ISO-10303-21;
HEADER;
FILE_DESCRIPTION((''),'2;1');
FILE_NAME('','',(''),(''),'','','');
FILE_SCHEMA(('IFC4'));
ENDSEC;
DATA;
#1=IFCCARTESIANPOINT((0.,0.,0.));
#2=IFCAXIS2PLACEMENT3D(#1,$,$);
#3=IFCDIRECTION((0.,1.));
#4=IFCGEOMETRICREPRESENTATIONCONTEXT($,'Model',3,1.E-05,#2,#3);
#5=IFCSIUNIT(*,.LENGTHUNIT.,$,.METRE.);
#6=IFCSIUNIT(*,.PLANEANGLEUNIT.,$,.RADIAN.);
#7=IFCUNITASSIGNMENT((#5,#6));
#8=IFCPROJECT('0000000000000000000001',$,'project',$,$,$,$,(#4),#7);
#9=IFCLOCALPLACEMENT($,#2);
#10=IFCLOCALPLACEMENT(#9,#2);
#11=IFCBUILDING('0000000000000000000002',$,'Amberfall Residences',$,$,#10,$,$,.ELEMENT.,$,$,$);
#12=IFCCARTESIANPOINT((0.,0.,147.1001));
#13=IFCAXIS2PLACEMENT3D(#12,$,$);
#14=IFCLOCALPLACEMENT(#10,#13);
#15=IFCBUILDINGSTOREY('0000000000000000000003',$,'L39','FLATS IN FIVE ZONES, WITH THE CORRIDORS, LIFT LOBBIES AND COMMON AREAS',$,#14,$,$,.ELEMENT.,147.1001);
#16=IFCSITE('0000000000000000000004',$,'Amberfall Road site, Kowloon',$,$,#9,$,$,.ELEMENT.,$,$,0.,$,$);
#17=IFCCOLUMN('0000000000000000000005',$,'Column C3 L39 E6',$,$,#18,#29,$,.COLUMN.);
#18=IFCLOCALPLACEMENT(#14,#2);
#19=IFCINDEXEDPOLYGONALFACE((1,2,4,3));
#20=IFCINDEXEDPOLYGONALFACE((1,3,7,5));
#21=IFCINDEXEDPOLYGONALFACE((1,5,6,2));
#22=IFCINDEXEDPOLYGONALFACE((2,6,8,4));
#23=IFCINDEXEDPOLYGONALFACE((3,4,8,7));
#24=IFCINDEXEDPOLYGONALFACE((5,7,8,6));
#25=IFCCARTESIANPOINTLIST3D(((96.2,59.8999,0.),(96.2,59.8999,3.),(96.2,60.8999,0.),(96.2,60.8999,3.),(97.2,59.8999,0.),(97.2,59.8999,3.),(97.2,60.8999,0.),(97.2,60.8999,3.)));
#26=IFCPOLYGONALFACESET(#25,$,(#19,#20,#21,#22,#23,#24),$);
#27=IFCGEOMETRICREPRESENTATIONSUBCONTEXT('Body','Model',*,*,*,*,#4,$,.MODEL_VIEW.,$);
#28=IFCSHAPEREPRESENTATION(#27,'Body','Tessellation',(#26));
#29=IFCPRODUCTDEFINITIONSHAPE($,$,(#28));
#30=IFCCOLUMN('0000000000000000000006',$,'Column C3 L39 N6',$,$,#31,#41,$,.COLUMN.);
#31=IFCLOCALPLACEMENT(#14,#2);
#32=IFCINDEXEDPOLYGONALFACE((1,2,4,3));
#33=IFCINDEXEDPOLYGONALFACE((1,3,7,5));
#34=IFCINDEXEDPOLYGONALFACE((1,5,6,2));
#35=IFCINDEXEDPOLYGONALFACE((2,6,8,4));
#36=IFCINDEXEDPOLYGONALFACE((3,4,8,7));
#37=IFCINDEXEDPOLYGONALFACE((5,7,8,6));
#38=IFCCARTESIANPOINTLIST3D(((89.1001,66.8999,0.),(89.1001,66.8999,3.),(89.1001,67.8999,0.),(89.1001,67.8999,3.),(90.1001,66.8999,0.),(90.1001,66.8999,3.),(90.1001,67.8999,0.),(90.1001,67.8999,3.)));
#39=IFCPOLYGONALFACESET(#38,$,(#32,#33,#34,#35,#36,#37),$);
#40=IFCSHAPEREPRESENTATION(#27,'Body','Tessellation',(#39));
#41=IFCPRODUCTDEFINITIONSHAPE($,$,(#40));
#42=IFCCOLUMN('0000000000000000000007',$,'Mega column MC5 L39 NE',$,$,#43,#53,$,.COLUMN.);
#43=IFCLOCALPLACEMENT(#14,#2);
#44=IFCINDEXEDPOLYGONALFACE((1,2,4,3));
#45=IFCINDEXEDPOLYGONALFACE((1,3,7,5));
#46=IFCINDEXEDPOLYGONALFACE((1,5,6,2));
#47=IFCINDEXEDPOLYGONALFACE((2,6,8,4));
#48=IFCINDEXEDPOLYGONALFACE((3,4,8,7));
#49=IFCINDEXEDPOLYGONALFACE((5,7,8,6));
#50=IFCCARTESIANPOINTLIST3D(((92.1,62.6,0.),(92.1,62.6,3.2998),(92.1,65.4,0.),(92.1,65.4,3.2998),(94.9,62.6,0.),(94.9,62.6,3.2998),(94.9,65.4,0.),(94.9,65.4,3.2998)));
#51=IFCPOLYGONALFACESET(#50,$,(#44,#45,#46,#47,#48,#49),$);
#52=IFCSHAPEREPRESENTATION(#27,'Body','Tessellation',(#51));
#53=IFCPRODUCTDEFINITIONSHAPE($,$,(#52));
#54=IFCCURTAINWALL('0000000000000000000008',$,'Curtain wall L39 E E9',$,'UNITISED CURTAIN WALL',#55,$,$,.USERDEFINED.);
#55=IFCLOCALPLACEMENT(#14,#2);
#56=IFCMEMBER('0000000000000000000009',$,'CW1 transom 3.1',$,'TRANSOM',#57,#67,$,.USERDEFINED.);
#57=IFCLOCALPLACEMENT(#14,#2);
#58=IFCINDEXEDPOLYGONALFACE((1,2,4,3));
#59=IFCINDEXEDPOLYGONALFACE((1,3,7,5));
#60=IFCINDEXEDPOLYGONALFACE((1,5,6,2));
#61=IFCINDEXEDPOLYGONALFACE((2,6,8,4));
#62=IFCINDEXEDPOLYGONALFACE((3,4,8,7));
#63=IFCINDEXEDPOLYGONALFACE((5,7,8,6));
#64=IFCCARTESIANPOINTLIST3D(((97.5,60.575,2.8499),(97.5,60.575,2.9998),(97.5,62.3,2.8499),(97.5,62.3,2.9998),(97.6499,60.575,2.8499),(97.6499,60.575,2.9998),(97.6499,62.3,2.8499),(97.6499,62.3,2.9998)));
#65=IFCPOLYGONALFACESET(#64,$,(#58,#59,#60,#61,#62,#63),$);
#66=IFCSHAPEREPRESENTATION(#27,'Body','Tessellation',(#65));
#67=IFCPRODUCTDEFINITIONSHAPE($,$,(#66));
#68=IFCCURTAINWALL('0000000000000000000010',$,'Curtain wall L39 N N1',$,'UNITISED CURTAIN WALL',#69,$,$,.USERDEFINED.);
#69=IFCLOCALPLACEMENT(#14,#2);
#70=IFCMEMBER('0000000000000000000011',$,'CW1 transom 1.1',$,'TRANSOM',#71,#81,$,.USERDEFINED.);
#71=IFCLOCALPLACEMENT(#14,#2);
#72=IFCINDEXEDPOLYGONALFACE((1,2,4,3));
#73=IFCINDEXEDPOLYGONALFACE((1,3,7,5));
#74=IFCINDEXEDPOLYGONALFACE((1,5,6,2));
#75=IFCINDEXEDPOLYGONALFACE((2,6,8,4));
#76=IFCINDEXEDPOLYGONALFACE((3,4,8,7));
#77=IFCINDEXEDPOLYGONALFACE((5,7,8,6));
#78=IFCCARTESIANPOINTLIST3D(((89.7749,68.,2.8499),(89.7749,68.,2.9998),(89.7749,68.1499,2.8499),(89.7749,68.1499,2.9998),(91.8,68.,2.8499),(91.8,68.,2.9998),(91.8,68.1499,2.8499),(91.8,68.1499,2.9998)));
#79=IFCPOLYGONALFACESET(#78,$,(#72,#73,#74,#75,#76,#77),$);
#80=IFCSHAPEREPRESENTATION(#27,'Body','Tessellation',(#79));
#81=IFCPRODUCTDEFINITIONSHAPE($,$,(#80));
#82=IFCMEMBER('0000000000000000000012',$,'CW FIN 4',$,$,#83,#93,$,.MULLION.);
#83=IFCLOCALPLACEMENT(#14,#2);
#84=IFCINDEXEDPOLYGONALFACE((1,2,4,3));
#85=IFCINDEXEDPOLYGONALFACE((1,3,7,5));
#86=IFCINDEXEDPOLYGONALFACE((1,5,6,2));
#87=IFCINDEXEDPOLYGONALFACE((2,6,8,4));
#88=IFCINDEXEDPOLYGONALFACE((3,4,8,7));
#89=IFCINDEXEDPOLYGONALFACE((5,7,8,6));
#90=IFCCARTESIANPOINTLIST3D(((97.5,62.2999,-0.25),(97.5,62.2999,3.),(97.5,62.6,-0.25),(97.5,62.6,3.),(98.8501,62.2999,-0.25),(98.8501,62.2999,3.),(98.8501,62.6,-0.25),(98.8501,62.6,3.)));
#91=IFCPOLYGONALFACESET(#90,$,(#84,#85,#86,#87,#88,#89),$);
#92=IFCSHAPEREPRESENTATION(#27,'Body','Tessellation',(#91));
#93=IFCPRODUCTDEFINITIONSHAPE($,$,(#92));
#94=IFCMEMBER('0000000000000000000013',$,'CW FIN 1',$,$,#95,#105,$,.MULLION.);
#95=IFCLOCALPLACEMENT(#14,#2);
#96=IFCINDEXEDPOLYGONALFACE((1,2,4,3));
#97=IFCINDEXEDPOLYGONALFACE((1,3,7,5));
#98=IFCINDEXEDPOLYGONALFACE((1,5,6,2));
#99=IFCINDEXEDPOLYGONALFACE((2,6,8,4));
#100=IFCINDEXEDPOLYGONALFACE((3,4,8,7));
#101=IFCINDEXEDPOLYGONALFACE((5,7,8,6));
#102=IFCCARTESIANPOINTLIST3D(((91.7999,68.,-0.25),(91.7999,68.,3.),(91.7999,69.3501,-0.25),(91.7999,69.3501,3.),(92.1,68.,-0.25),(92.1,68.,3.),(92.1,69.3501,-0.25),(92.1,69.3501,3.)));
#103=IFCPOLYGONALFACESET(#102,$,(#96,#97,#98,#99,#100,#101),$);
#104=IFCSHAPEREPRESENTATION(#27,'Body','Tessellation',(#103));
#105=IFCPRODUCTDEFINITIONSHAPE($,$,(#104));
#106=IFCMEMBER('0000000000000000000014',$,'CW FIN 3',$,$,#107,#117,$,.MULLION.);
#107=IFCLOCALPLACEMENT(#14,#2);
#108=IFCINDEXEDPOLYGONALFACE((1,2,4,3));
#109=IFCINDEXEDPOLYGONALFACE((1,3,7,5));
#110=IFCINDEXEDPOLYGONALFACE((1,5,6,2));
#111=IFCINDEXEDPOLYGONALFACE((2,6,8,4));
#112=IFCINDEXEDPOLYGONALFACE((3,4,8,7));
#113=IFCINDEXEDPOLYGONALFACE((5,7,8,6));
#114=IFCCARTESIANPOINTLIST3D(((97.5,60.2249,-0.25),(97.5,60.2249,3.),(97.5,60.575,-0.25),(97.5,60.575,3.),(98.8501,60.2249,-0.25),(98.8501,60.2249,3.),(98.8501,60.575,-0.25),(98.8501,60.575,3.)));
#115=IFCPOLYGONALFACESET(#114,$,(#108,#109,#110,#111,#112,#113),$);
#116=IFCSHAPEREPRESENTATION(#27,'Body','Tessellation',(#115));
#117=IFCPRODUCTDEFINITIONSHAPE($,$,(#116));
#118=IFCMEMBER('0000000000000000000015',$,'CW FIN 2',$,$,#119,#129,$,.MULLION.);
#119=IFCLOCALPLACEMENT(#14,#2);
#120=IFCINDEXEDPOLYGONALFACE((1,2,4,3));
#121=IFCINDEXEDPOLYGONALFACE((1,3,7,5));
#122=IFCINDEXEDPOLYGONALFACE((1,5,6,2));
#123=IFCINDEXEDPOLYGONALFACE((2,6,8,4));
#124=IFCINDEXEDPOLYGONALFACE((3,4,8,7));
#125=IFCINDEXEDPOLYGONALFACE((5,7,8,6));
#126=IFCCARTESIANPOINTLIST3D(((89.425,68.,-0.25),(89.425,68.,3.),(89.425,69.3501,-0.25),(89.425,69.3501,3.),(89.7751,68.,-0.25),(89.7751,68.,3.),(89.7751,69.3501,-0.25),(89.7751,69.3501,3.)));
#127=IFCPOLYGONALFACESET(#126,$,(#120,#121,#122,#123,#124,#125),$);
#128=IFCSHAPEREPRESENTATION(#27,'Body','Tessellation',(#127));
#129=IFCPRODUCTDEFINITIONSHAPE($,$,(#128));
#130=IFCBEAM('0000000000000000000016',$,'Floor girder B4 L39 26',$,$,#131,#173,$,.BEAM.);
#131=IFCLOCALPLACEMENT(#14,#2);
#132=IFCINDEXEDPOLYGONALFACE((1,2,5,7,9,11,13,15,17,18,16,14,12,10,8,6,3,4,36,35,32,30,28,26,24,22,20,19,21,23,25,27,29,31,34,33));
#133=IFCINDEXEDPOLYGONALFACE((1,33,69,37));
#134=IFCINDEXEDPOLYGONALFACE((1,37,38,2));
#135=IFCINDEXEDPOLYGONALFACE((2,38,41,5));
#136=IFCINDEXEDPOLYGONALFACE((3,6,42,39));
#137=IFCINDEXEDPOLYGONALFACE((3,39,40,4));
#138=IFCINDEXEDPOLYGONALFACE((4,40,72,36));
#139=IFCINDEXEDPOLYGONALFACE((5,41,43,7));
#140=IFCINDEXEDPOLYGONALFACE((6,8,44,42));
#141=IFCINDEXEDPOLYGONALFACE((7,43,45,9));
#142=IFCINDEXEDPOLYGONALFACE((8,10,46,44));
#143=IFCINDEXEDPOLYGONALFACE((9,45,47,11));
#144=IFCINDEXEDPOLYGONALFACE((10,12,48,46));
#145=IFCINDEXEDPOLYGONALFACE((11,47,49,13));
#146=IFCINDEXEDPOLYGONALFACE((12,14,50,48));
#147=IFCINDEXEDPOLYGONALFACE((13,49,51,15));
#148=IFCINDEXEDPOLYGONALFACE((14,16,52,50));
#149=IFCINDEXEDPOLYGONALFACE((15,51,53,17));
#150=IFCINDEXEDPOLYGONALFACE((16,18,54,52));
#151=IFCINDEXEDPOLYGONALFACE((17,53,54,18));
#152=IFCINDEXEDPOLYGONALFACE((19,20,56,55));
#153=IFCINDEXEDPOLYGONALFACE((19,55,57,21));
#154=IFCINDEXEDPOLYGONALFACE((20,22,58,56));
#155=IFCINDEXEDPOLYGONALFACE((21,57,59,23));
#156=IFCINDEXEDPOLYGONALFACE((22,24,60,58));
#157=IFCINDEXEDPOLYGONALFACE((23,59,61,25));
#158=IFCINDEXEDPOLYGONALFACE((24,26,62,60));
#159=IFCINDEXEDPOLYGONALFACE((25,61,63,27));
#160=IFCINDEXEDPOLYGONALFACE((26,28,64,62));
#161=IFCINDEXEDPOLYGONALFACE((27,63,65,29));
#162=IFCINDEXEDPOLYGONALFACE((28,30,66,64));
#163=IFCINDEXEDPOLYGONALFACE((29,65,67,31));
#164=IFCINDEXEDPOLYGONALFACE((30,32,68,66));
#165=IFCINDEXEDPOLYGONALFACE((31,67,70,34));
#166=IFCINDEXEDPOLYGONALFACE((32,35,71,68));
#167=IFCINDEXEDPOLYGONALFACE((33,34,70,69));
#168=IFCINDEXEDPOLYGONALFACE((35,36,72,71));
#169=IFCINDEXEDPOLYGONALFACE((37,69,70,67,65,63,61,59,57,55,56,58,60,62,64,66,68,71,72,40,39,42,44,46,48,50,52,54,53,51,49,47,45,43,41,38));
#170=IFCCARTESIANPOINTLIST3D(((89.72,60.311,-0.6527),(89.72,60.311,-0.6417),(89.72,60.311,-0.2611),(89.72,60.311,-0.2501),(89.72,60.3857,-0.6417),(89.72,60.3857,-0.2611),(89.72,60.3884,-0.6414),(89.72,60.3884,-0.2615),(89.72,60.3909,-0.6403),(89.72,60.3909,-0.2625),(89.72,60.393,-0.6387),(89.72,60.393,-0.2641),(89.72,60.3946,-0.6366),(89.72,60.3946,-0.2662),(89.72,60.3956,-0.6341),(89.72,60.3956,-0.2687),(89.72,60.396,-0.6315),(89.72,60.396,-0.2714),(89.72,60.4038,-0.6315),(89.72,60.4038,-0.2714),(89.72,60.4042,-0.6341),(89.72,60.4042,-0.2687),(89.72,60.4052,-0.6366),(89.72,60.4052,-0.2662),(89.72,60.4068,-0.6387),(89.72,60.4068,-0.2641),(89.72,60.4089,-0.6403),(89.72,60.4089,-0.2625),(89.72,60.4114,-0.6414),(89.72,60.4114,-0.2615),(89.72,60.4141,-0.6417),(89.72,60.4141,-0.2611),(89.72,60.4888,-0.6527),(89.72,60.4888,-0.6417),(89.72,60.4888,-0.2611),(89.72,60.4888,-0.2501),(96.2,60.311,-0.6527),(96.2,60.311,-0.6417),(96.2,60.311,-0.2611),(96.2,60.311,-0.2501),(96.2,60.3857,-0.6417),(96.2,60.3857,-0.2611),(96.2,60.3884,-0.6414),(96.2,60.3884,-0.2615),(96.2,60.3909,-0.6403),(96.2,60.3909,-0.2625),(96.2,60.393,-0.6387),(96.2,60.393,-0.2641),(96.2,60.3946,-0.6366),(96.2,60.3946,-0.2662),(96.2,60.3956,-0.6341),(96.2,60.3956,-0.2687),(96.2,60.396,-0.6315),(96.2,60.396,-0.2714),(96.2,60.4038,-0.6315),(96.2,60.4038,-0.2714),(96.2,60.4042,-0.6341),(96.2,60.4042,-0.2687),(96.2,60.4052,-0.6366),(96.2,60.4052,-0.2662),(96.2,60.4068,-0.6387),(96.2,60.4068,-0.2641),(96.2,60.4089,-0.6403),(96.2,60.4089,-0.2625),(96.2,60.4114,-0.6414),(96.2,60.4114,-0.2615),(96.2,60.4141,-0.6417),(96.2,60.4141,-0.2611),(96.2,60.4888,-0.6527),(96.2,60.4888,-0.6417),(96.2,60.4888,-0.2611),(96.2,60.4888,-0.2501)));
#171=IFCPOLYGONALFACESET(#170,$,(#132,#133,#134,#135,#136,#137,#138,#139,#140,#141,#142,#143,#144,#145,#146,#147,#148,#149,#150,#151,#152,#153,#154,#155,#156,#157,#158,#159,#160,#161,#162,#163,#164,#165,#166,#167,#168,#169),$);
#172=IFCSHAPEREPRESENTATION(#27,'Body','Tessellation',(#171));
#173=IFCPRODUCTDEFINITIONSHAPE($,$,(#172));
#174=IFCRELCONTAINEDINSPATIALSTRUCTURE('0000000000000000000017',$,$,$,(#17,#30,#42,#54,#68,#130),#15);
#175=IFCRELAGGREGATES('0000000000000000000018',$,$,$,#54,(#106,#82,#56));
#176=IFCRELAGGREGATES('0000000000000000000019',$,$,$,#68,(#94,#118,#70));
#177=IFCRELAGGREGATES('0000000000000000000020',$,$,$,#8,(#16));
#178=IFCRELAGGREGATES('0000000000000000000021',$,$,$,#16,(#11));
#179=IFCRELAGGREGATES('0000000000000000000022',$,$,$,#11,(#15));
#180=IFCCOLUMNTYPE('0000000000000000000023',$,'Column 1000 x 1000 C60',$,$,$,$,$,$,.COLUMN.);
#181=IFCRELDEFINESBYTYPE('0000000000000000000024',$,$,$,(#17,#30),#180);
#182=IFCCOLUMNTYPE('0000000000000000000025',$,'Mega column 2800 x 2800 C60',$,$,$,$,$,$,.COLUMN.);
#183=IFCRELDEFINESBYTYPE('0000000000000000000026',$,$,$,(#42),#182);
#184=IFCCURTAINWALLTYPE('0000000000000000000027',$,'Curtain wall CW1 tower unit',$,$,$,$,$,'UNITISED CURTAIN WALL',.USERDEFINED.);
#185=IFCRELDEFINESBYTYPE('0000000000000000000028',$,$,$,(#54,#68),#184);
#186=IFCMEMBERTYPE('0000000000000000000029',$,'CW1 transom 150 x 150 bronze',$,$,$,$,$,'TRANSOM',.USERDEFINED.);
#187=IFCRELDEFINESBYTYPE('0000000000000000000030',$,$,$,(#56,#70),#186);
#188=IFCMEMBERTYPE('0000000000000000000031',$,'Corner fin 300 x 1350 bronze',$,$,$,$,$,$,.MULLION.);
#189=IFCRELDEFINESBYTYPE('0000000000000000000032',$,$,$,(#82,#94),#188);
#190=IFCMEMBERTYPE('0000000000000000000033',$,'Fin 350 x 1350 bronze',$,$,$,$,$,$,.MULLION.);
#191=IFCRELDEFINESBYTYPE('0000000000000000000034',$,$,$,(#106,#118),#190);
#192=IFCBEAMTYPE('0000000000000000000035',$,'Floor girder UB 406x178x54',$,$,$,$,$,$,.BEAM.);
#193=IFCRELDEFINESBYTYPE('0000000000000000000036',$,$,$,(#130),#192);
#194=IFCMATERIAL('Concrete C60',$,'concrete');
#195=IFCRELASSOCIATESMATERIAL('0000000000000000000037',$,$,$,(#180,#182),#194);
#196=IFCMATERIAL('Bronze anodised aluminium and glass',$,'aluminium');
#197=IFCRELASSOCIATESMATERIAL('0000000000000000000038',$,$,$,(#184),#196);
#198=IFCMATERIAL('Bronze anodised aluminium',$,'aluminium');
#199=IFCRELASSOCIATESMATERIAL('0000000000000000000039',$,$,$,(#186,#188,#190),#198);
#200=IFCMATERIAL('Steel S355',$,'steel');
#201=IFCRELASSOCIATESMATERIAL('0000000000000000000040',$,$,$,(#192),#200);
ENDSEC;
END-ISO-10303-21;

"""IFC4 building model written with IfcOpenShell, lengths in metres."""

from ifc_helpers import new_model, si_unit, direction, frame, origin, origin_2d, place, context, subcontext, project, spatial, rectangle, i_section, extrude, material, material_profile, profile_set, type_object, element, aggregate, save


model = new_model("IFC4")

# Units and contexts
model_context = context("Model", 3, precision=1e-05, world=origin(), true_north=direction((0.0, 1.0)))
body_context = subcontext(model_context, "Body", "Model", "MODEL_VIEW")
ifc_project = project(units=[si_unit("LENGTHUNIT", "METRE"), si_unit("PLANEANGLEUNIT", "RADIAN")], contexts=[model_context])

# Site, building, storey
site_placement = place(None, origin())
site = spatial("IfcSite", under=ifc_project, at=site_placement, Name="Amberfall Road site, Kowloon", CompositionType="ELEMENT", RefElevation=0.0)
building_placement = place(site_placement, origin())
building = spatial("IfcBuilding", under=site, at=building_placement, Name="Amberfall Residences", CompositionType="ELEMENT")
storey_placement = place(building_placement, frame((0.0, 0.0, 147.1001)))
storey = spatial("IfcBuildingStorey", under=building, at=storey_placement, Name="L39", Description="FLATS IN FIVE ZONES, WITH THE CORRIDORS, LIFT LOBBIES AND COMMON AREAS", CompositionType="ELEMENT", Elevation=147.1001)

# Columns
ifc_material_1 = material(Name="Concrete C60", Category="concrete")
ifc_material_profile_1 = material_profile(ifc_material_1, rectangle(XDim=1.0, YDim=1.0, at=origin_2d()), Name="Column 1000 x 1000 C60")
ifc_profile_set_1 = profile_set([ifc_material_profile_1], Name="Concrete C60")
column_type_1 = type_object("IfcColumnType", Name="Column 1000 x 1000 C60", PredefinedType="COLUMN", material=ifc_profile_set_1)
for number, where, z_axis, x_axis, name in (
    (1, (96.7, 60.3999, 0.0), (0.0, 0.0, 1.0), (1.0, 0.0, 0.0), "Column C3 L39 E6"),
    (2, (89.6001, 67.3999, 0.0), (0.0, 0.0, 1.0), (1.0, 0.0, 0.0), "Column C3 L39 N6"),
):
    element("IfcColumn", number, at=place(storey_placement, frame(where, z_axis=z_axis, x_axis=x_axis)), inside=storey, type_object=column_type_1, Name=name, PredefinedType="COLUMN", context=body_context, shape_type="SweptSolid", body=[
        extrude(rectangle(XDim=1.0, YDim=1.0, at=origin_2d()), origin(), (0.0, 0.0, 1.0), 3.0),
    ])
ifc_material_profile_2 = material_profile(ifc_material_1, rectangle(XDim=2.8, YDim=2.8, at=origin_2d()), Name="Mega column 2800 x 2800 C60")
ifc_profile_set_2 = profile_set([ifc_material_profile_2], Name="Concrete C60")
column_type_2 = type_object("IfcColumnType", Name="Mega column 2800 x 2800 C60", PredefinedType="COLUMN", material=ifc_profile_set_2)
column_placement = place(storey_placement, frame((93.5, 64.0, 0.0), z_axis=(0.0, 0.0, 1.0), x_axis=(1.0, 0.0, 0.0)))
element("IfcColumn", 3, at=column_placement, inside=storey, type_object=column_type_2, Name="Mega column MC5 L39 NE", PredefinedType="COLUMN", context=body_context, shape_type="SweptSolid", body=[
    extrude(rectangle(XDim=2.8, YDim=2.8, at=origin_2d()), origin(), (0.0, 0.0, 1.0), 3.2998),
])

# Curtain walls, members
ifc_material_2 = material(Name="Bronze anodised aluminium and glass", Category="aluminium")
curtain_wall_type = type_object("IfcCurtainWallType", Name="Curtain wall CW1 tower unit", ElementType="UNITISED CURTAIN WALL", PredefinedType="USERDEFINED", material=ifc_material_2)
curtain_wall_1_placement = place(storey_placement, origin())
curtain_wall_1 = element("IfcCurtainWall", 4, at=curtain_wall_1_placement, inside=storey, type_object=curtain_wall_type, Name="Curtain wall L39 E E9", ObjectType="UNITISED CURTAIN WALL", PredefinedType="USERDEFINED")
ifc_material_3 = material(Name="Bronze anodised aluminium", Category="aluminium")
ifc_material_profile_3 = material_profile(ifc_material_3, rectangle(XDim=0.1499, YDim=0.1499, at=origin_2d()), Name="CW1 transom 150 x 150 bronze")
ifc_profile_set_3 = profile_set([ifc_material_profile_3], Name="Bronze anodised aluminium")
member_type_1 = type_object("IfcMemberType", Name="CW1 transom 150 x 150 bronze", ElementType="TRANSOM", PredefinedType="USERDEFINED", material=ifc_profile_set_3)
member_1_placement = place(storey_placement, frame((97.575, 60.575, 2.9248), z_axis=(0.0, 1.0, 0.0), x_axis=(-1.0, 0.0, 0.0)))
member_1 = element("IfcMember", 5, at=member_1_placement, type_object=member_type_1, Name="CW1 transom 3.1", ObjectType="TRANSOM", PredefinedType="USERDEFINED", context=body_context, shape_type="SweptSolid", body=[
    extrude(rectangle(XDim=0.1499, YDim=0.1499, at=origin_2d()), origin(), (0.0, 0.0, 1.0), 1.7251),
])
curtain_wall_2_placement = place(storey_placement, origin())
curtain_wall_2 = element("IfcCurtainWall", 6, at=curtain_wall_2_placement, inside=storey, type_object=curtain_wall_type, Name="Curtain wall L39 N N1", ObjectType="UNITISED CURTAIN WALL", PredefinedType="USERDEFINED")
member_2_placement = place(storey_placement, frame((91.8, 68.075, 2.9248), z_axis=(-1.0, 0.0, 0.0), x_axis=(0.0, -1.0, 0.0)))
member_2 = element("IfcMember", 7, at=member_2_placement, type_object=member_type_1, Name="CW1 transom 1.1", ObjectType="TRANSOM", PredefinedType="USERDEFINED", context=body_context, shape_type="SweptSolid", body=[
    extrude(rectangle(XDim=0.1499, YDim=0.1499, at=origin_2d()), origin(), (0.0, 0.0, 1.0), 2.0251),
])

# Members
ifc_material_profile_4 = material_profile(ifc_material_3, rectangle(XDim=1.3501, YDim=0.3, at=origin_2d()), Name="Corner fin 300 x 1350 bronze")
ifc_profile_set_4 = profile_set([ifc_material_profile_4], Name="Bronze anodised aluminium")
member_type_2 = type_object("IfcMemberType", Name="Corner fin 300 x 1350 bronze", PredefinedType="MULLION", material=ifc_profile_set_4)
member_3_placement = place(storey_placement, frame((98.175, 62.45, -0.25), z_axis=(0.0, 0.0, 1.0), x_axis=(-1.0, 0.0, 0.0)))
member_3 = element("IfcMember", 8, at=member_3_placement, type_object=member_type_2, Name="CW FIN 4", PredefinedType="MULLION", context=body_context, shape_type="SweptSolid", body=[
    extrude(rectangle(XDim=1.3501, YDim=0.3, at=origin_2d()), origin(), (0.0, 0.0, 1.0), 3.25),
])
member_4_placement = place(storey_placement, frame((91.95, 68.675, -0.25), z_axis=(0.0, 0.0, 1.0), x_axis=(0.0, -1.0, 0.0)))
member_4 = element("IfcMember", 9, at=member_4_placement, type_object=member_type_2, Name="CW FIN 1", PredefinedType="MULLION", context=body_context, shape_type="SweptSolid", body=[
    extrude(rectangle(XDim=1.3501, YDim=0.3, at=origin_2d()), origin(), (0.0, 0.0, 1.0), 3.25),
])
ifc_material_profile_5 = material_profile(ifc_material_3, rectangle(XDim=1.3501, YDim=0.3501, at=origin_2d()), Name="Fin 350 x 1350 bronze")
ifc_profile_set_5 = profile_set([ifc_material_profile_5], Name="Bronze anodised aluminium")
member_type_3 = type_object("IfcMemberType", Name="Fin 350 x 1350 bronze", PredefinedType="MULLION", material=ifc_profile_set_5)
member_5_placement = place(storey_placement, frame((98.175, 60.3999, -0.25), z_axis=(0.0, 0.0, 1.0), x_axis=(-1.0, 0.0, 0.0)))
member_5 = element("IfcMember", 10, at=member_5_placement, type_object=member_type_3, Name="CW FIN 3", PredefinedType="MULLION", context=body_context, shape_type="SweptSolid", body=[
    extrude(rectangle(XDim=1.3501, YDim=0.3501, at=origin_2d()), origin(), (0.0, 0.0, 1.0), 3.25),
])
member_6_placement = place(storey_placement, frame((89.6001, 68.675, -0.25), z_axis=(0.0, 0.0, 1.0), x_axis=(0.0, -1.0, 0.0)))
member_6 = element("IfcMember", 11, at=member_6_placement, type_object=member_type_3, Name="CW FIN 2", PredefinedType="MULLION", context=body_context, shape_type="SweptSolid", body=[
    extrude(rectangle(XDim=1.3501, YDim=0.3501, at=origin_2d()), origin(), (0.0, 0.0, 1.0), 3.25),
])

# Beam
ifc_material_4 = material(Name="Steel S355", Category="steel")
ifc_material_profile_6 = material_profile(ifc_material_4, i_section(OverallWidth=0.1777, OverallDepth=0.4026, WebThickness=0.0078, FlangeThickness=0.011, FilletRadius=0.0103, at=origin_2d()), Name="UB 406x178x54")
ifc_profile_set_6 = profile_set([ifc_material_profile_6], Name="Steel S355")
beam_type_1 = type_object("IfcBeamType", Name="Floor girder UB 406x178x54", PredefinedType="BEAM", material=ifc_profile_set_6)
beam_1_placement = place(storey_placement, frame((96.2, 60.3999, -0.4514), z_axis=(-1.0, 0.0, 0.0), x_axis=(0.0, -1.0, 0.0)))
element("IfcBeam", 12, at=beam_1_placement, inside=storey, type_object=beam_type_1, Name="Floor girder B4 L39 26", PredefinedType="BEAM", context=body_context, shape_type="SweptSolid", body=[
    extrude(i_section(OverallWidth=0.1777, OverallDepth=0.4026, WebThickness=0.0078, FlangeThickness=0.011, FilletRadius=0.0103, at=origin_2d()), origin(), (0.0, 0.0, 1.0), 6.48),
])

aggregate(curtain_wall_1, [member_5, member_3, member_1])
aggregate(curtain_wall_2, [member_4, member_6, member_2])

save(model, "model.ifc")
